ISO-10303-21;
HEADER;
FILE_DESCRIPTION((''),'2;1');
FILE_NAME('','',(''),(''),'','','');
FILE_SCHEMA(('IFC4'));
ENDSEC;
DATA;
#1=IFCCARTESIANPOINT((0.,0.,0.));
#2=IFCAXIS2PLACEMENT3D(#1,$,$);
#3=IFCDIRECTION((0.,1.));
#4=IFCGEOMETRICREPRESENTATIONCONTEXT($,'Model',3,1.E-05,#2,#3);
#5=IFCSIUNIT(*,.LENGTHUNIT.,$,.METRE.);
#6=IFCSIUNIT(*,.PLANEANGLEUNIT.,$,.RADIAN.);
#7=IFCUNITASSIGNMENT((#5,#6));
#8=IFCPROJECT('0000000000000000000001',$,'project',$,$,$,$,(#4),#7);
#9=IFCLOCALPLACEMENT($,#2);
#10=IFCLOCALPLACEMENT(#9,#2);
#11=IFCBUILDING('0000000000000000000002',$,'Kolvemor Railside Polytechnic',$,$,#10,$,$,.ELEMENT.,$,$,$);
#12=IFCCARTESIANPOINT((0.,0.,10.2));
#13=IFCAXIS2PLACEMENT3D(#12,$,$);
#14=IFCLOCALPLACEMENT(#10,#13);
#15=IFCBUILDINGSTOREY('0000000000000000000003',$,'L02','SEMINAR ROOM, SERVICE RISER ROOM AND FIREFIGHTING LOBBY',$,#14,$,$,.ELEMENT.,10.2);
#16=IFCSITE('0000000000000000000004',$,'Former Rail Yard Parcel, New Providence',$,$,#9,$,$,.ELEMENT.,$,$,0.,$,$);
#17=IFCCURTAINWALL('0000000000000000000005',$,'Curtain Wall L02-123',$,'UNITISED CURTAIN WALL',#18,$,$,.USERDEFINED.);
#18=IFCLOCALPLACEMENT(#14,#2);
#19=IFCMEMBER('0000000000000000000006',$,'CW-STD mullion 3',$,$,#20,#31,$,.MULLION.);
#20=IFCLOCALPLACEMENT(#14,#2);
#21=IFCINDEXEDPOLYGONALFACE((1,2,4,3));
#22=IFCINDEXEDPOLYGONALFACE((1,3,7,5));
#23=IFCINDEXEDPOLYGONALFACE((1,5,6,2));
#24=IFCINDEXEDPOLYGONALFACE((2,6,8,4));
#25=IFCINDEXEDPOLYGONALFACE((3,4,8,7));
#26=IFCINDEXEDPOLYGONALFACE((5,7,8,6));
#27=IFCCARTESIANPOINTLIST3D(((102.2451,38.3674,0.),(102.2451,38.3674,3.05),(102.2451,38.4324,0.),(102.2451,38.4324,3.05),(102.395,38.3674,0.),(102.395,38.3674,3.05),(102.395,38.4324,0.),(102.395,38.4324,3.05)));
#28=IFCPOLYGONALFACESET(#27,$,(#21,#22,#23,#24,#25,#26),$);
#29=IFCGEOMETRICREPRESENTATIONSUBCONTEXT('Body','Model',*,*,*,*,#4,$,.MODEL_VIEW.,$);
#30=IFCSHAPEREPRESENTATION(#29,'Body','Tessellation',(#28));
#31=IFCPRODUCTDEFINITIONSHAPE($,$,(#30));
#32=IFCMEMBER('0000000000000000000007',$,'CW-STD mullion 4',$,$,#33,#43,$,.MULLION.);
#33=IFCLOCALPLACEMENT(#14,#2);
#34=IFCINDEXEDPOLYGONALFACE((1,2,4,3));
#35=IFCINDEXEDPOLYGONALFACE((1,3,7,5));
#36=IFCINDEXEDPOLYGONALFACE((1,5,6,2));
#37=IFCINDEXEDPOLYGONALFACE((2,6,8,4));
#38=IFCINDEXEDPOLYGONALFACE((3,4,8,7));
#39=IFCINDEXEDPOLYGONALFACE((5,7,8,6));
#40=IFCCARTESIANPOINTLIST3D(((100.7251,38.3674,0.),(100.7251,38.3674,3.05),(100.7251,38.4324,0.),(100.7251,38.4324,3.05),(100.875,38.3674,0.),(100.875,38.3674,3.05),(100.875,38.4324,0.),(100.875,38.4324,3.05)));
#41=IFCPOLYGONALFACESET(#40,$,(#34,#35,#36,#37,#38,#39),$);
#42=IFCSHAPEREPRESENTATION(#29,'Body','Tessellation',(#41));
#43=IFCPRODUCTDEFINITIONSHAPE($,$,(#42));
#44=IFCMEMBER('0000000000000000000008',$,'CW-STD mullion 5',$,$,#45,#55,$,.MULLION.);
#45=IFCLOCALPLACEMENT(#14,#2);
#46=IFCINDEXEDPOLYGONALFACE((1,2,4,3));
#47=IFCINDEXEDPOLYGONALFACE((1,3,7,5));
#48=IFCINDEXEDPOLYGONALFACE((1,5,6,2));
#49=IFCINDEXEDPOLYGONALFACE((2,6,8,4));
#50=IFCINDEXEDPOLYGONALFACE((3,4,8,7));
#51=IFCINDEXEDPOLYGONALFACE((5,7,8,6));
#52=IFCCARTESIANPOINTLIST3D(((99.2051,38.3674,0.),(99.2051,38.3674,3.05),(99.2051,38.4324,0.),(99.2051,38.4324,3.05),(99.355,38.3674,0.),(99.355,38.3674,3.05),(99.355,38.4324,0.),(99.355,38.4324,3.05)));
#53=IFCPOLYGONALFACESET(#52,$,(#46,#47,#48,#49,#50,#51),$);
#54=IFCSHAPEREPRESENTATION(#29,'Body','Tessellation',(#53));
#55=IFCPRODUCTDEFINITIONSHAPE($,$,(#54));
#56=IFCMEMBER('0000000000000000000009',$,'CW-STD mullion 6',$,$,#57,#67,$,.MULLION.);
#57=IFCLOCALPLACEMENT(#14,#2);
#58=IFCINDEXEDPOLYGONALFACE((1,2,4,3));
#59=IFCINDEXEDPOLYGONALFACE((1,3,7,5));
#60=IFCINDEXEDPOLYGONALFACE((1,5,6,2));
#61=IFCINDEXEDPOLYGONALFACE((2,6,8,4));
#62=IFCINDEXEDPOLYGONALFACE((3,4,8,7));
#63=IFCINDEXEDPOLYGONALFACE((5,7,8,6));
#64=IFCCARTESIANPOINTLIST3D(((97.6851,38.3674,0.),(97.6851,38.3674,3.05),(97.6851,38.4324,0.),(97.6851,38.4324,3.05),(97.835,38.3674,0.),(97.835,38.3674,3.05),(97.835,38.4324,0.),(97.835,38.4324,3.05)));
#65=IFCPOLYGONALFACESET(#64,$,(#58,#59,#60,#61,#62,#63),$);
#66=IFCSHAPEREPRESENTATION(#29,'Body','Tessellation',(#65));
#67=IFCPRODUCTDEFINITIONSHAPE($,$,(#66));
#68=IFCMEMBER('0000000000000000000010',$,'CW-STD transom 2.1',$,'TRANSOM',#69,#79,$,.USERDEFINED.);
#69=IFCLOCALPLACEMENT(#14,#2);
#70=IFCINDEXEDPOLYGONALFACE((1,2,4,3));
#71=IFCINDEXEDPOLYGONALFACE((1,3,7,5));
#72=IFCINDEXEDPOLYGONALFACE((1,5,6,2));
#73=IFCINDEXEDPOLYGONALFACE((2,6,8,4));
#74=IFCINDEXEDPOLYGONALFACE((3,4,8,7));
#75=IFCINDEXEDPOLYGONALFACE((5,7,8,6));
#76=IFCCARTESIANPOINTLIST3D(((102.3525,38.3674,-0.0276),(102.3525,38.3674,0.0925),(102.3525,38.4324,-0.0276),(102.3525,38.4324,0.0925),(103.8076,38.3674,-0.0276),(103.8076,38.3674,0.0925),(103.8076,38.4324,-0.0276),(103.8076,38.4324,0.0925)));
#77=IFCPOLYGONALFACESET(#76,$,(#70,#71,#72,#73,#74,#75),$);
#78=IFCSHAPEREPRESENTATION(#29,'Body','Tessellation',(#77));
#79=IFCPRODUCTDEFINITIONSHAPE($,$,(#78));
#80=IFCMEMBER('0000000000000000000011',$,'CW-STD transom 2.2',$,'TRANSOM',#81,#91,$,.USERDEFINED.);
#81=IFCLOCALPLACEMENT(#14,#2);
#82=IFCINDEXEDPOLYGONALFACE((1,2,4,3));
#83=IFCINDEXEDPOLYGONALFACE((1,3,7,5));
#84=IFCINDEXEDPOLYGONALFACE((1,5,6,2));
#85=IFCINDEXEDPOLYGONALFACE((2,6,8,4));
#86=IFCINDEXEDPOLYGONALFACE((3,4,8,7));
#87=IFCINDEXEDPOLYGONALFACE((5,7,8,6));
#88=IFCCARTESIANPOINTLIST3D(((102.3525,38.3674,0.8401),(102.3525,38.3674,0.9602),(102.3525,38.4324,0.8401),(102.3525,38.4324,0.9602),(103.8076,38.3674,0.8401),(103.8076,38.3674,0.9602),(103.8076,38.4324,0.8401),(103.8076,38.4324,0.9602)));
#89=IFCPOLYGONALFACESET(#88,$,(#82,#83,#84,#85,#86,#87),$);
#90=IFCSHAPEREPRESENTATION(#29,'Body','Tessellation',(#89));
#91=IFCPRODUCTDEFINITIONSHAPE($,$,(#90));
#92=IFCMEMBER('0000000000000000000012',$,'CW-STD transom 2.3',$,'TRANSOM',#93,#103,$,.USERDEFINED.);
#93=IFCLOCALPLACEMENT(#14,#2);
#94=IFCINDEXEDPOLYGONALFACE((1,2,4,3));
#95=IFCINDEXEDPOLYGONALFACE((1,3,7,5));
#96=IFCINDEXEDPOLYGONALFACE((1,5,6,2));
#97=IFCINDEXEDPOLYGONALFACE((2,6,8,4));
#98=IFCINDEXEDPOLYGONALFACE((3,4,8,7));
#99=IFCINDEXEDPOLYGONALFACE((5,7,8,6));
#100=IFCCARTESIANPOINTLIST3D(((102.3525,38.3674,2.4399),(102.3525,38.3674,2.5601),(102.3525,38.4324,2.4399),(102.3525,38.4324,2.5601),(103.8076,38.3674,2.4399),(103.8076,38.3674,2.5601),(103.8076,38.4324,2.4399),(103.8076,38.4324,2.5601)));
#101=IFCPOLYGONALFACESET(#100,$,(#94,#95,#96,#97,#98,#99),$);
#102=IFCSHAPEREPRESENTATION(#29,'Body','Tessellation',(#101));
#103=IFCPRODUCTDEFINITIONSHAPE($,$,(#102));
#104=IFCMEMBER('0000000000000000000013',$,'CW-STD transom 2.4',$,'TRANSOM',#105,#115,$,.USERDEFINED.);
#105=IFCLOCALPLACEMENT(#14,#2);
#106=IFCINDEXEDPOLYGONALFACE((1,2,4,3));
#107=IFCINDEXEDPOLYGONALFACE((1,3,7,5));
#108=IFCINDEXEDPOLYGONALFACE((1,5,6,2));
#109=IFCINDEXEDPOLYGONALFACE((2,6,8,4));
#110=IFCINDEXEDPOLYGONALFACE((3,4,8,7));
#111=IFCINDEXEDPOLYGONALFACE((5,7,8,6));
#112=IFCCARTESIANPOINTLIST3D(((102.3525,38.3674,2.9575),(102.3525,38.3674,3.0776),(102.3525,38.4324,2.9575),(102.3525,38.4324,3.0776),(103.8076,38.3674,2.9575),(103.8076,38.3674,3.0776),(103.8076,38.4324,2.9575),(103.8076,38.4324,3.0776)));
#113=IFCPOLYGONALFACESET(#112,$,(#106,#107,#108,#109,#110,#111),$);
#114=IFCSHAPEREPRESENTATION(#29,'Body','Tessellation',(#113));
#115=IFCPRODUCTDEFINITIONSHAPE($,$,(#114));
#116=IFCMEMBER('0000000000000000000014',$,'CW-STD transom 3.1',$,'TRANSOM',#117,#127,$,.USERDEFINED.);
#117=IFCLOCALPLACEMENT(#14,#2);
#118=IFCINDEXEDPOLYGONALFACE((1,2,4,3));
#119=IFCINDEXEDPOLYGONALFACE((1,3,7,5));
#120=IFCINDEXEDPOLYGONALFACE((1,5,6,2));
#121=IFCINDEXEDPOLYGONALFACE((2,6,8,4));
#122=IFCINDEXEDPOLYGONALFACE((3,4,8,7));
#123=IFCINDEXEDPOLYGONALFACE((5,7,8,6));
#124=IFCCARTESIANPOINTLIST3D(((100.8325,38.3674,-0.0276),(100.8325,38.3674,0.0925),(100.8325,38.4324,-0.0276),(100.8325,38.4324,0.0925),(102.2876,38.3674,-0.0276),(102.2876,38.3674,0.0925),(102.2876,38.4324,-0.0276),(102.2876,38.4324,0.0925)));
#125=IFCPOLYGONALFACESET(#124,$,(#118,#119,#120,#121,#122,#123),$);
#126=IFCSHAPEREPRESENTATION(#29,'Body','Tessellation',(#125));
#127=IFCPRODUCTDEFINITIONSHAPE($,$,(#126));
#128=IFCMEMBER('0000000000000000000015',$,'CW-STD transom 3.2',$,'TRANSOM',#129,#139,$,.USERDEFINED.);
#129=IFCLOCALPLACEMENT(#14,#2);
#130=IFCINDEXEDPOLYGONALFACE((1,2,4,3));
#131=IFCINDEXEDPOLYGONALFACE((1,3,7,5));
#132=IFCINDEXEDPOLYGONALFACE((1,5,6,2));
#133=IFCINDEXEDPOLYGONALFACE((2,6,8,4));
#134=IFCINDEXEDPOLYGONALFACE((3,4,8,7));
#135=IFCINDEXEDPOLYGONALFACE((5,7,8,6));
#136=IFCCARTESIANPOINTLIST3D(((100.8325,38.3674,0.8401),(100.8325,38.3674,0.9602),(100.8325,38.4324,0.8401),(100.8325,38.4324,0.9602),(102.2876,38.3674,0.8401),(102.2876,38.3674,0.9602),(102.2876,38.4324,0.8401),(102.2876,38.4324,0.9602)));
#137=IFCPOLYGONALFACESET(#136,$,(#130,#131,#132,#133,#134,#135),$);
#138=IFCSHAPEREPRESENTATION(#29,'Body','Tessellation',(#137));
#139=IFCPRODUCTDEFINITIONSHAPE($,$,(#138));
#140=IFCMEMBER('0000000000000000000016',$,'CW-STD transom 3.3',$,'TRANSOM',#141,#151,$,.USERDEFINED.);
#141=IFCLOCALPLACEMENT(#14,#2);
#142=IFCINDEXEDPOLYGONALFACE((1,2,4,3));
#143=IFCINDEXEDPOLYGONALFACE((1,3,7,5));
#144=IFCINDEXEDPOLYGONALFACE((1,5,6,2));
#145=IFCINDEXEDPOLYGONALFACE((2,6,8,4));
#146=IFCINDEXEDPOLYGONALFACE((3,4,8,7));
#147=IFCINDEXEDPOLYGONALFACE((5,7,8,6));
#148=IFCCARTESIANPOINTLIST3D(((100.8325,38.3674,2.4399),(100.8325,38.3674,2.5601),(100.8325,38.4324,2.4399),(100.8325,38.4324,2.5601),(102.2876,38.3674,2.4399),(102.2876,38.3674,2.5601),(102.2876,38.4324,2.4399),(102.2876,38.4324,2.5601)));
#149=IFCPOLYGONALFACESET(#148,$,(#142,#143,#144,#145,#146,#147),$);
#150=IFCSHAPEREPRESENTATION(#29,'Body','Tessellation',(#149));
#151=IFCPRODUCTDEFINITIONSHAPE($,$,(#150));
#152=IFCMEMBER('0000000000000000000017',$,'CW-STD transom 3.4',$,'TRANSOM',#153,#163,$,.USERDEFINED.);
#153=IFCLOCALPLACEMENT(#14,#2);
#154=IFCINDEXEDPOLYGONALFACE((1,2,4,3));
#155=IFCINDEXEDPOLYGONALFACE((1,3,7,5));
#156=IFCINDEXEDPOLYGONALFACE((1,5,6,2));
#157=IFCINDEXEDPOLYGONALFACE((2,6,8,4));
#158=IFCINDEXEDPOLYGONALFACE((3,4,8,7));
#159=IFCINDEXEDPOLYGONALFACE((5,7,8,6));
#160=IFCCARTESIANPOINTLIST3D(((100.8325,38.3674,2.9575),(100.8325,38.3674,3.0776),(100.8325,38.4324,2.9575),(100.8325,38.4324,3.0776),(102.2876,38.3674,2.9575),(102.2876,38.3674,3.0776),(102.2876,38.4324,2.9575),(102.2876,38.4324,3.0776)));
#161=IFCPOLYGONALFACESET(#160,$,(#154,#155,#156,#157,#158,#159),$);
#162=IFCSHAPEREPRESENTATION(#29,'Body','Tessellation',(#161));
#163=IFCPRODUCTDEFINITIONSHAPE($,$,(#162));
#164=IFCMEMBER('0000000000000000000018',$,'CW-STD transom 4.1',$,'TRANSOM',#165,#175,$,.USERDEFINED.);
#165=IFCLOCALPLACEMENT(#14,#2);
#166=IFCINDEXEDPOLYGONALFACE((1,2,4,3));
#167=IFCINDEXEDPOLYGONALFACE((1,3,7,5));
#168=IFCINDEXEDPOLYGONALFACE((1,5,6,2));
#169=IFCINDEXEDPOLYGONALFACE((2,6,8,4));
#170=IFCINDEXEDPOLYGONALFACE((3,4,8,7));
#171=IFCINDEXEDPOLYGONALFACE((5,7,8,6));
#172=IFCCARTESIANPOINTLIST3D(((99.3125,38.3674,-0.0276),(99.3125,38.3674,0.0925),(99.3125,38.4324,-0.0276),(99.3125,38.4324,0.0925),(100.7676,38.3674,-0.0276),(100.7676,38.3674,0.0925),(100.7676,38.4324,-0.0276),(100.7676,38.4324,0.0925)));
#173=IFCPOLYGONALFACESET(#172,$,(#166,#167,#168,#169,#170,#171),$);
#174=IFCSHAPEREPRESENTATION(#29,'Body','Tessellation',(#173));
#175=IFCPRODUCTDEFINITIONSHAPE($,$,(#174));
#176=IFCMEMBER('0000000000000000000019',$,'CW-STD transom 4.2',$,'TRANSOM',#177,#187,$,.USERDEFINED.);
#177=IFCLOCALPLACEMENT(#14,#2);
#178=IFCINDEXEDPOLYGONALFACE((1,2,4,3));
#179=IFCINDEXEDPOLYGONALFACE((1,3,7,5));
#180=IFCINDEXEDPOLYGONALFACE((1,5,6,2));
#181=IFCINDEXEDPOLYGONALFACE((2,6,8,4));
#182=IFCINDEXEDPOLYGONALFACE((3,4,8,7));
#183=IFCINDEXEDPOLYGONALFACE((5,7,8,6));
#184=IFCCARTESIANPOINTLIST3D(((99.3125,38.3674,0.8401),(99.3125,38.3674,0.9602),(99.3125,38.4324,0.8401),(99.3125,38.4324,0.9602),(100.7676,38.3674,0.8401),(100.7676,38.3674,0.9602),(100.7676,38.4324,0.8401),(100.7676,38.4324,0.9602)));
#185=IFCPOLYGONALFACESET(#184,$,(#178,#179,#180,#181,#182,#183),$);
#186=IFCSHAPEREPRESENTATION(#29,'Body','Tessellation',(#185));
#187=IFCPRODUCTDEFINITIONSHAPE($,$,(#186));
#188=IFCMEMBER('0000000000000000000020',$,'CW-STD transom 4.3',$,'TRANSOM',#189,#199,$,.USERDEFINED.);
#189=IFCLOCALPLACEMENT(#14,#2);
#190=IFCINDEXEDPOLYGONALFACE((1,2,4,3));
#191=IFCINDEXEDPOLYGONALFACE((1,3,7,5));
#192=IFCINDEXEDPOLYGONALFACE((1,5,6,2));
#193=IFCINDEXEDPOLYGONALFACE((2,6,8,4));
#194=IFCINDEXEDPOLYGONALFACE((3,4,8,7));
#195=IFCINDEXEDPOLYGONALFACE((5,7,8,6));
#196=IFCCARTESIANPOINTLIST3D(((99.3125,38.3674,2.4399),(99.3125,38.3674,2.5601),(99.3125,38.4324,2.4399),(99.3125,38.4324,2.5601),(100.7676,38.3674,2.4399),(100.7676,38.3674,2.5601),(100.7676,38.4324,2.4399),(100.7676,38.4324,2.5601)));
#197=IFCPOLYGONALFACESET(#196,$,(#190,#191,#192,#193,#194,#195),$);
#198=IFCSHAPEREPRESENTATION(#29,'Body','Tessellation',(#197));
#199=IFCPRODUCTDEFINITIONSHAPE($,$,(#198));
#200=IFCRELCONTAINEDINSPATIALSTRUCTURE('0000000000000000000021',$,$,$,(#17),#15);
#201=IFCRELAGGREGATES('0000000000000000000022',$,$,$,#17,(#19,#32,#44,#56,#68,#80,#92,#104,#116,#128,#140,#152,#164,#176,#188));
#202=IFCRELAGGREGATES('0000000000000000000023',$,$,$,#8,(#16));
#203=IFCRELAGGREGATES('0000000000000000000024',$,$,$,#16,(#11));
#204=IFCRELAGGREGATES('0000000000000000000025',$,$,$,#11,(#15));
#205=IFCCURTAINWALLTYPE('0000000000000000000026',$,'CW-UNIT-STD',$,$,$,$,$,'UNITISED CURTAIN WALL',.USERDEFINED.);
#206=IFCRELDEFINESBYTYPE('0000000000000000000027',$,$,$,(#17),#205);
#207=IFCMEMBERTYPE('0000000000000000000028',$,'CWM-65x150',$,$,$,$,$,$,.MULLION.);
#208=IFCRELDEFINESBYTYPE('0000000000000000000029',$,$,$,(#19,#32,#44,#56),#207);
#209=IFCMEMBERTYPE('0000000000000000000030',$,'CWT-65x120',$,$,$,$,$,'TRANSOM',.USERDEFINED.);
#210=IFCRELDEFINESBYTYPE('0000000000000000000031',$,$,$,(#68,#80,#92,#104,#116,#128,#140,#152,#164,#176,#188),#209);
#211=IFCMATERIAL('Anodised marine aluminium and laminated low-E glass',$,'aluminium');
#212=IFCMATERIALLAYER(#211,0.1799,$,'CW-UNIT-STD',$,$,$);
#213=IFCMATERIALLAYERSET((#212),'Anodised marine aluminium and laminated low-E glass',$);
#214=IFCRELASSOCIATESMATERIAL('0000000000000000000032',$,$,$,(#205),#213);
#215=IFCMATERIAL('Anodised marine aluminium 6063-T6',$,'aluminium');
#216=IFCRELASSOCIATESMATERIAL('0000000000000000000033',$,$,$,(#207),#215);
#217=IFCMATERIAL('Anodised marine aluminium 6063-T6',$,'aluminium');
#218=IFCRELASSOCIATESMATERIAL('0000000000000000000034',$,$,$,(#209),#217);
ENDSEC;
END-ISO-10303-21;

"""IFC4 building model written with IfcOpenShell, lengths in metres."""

from ifc_helpers import new_model, si_unit, direction, frame, origin, origin_2d, place, context, subcontext, project, spatial, rectangle, extrude, material, layer, layer_set, material_profile, profile_set, type_object, element, aggregate, save


model = new_model("IFC4")

# Units and contexts
model_context = context("Model", 3, precision=1e-05, world=origin(), true_north=direction((0.0, 1.0)))
body_context = subcontext(model_context, "Body", "Model", "MODEL_VIEW")
ifc_project = project(units=[si_unit("LENGTHUNIT", "METRE"), si_unit("PLANEANGLEUNIT", "RADIAN")], contexts=[model_context])

# Site, building, storey
site_placement = place(None, origin())
site = spatial("IfcSite", under=ifc_project, at=site_placement, Name="Former Rail Yard Parcel, New Providence", CompositionType="ELEMENT", RefElevation=0.0)
building_placement = place(site_placement, origin())
building = spatial("IfcBuilding", under=site, at=building_placement, Name="Kolvemor Railside Polytechnic", CompositionType="ELEMENT")
storey_placement = place(building_placement, frame((0.0, 0.0, 10.2)))
storey = spatial("IfcBuildingStorey", under=building, at=storey_placement, Name="L02", Description="SEMINAR ROOM, SERVICE RISER ROOM AND FIREFIGHTING LOBBY", CompositionType="ELEMENT", Elevation=10.2)

# Curtain wall, members
ifc_material_1 = material(Name="Anodised marine aluminium and laminated low-E glass", Category="aluminium")
ifc_layer_1 = layer(ifc_material_1, 0.1799, Name="CW-UNIT-STD")
ifc_layer_set_1 = layer_set([ifc_layer_1], Name="Anodised marine aluminium and laminated low-E glass")
curtain_wall_type = type_object("IfcCurtainWallType", Name="CW-UNIT-STD", ElementType="UNITISED CURTAIN WALL", PredefinedType="USERDEFINED", material=ifc_layer_set_1)
curtain_wall_placement = place(storey_placement, origin())
curtain_wall = element("IfcCurtainWall", 1, at=curtain_wall_placement, inside=storey, type_object=curtain_wall_type, Name="Curtain Wall L02-123", ObjectType="UNITISED CURTAIN WALL", PredefinedType="USERDEFINED")
ifc_material_2 = material(Name="Anodised marine aluminium 6063-T6", Category="aluminium")
ifc_material_profile_1 = material_profile(ifc_material_2, rectangle(XDim=0.0649, YDim=0.1499, at=origin_2d()), Name="CW-MUL-65x150")
ifc_profile_set_1 = profile_set([ifc_material_profile_1], Name="Anodised marine aluminium 6063-T6")
member_type_1 = type_object("IfcMemberType", Name="CWM-65x150", PredefinedType="MULLION", material=ifc_profile_set_1)
member_1_placement = place(storey_placement, frame((102.3201, 38.3999, 0.0), z_axis=(0.0, 0.0, 1.0), x_axis=(0.0, -1.0, 0.0)))
member_1 = element("IfcMember", 2, at=member_1_placement, type_object=member_type_1, Name="CW-STD mullion 3", PredefinedType="MULLION", context=body_context, shape_type="SweptSolid", body=[
    extrude(rectangle(XDim=0.0649, YDim=0.1499, at=origin_2d()), origin(), (0.0, 0.0, 1.0), 3.05),
])
member_2_placement = place(storey_placement, frame((100.8, 38.3999, 0.0), z_axis=(0.0, 0.0, 1.0), x_axis=(0.0, -1.0, 0.0)))
member_2 = element("IfcMember", 3, at=member_2_placement, type_object=member_type_1, Name="CW-STD mullion 4", PredefinedType="MULLION", context=body_context, shape_type="SweptSolid", body=[
    extrude(rectangle(XDim=0.0649, YDim=0.1499, at=origin_2d()), origin(), (0.0, 0.0, 1.0), 3.05),
])
member_3_placement = place(storey_placement, frame((99.28, 38.3999, 0.0), z_axis=(0.0, 0.0, 1.0), x_axis=(0.0, -1.0, 0.0)))
member_3 = element("IfcMember", 4, at=member_3_placement, type_object=member_type_1, Name="CW-STD mullion 5", PredefinedType="MULLION", context=body_context, shape_type="SweptSolid", body=[
    extrude(rectangle(XDim=0.0649, YDim=0.1499, at=origin_2d()), origin(), (0.0, 0.0, 1.0), 3.05),
])
member_4_placement = place(storey_placement, frame((97.76, 38.3999, 0.0), z_axis=(0.0, 0.0, 1.0), x_axis=(0.0, -1.0, 0.0)))
member_4 = element("IfcMember", 5, at=member_4_placement, type_object=member_type_1, Name="CW-STD mullion 6", PredefinedType="MULLION", context=body_context, shape_type="SweptSolid", body=[
    extrude(rectangle(XDim=0.0649, YDim=0.1499, at=origin_2d()), origin(), (0.0, 0.0, 1.0), 3.05),
])
ifc_material_3 = material(Name="Anodised marine aluminium 6063-T6", Category="aluminium")
ifc_material_profile_2 = material_profile(ifc_material_3, rectangle(XDim=0.0649, YDim=0.1201, at=origin_2d()), Name="CW-TRN-65x120")
ifc_profile_set_2 = profile_set([ifc_material_profile_2], Name="Anodised marine aluminium 6063-T6")
member_type_2 = type_object("IfcMemberType", Name="CWT-65x120", ElementType="TRANSOM", PredefinedType="USERDEFINED", material=ifc_profile_set_2)
member_5_placement = place(storey_placement, frame((103.8076, 38.3999, 0.0325), z_axis=(-1.0, 0.0, 0.0), x_axis=(0.0, -1.0, 0.0)))
member_5 = element("IfcMember", 6, at=member_5_placement, type_object=member_type_2, Name="CW-STD transom 2.1", ObjectType="TRANSOM", PredefinedType="USERDEFINED", context=body_context, shape_type="SweptSolid", body=[
    extrude(rectangle(XDim=0.0649, YDim=0.1201, at=origin_2d()), origin(), (0.0, 0.0, 1.0), 1.4551),
])
member_6_placement = place(storey_placement, frame((103.8076, 38.3999, 0.9001), z_axis=(-1.0, 0.0, 0.0), x_axis=(0.0, -1.0, 0.0)))
member_6 = element("IfcMember", 7, at=member_6_placement, type_object=member_type_2, Name="CW-STD transom 2.2", ObjectType="TRANSOM", PredefinedType="USERDEFINED", context=body_context, shape_type="SweptSolid", body=[
    extrude(rectangle(XDim=0.0649, YDim=0.1201, at=origin_2d()), origin(), (0.0, 0.0, 1.0), 1.4551),
])
member_7_placement = place(storey_placement, frame((103.8076, 38.3999, 2.5), z_axis=(-1.0, 0.0, 0.0), x_axis=(0.0, -1.0, 0.0)))
member_7 = element("IfcMember", 8, at=member_7_placement, type_object=member_type_2, Name="CW-STD transom 2.3", ObjectType="TRANSOM", PredefinedType="USERDEFINED", context=body_context, shape_type="SweptSolid", body=[
    extrude(rectangle(XDim=0.0649, YDim=0.1201, at=origin_2d()), origin(), (0.0, 0.0, 1.0), 1.4551),
])
member_8_placement = place(storey_placement, frame((103.8076, 38.3999, 3.0176), z_axis=(-1.0, 0.0, 0.0), x_axis=(0.0, -1.0, 0.0)))
member_8 = element("IfcMember", 9, at=member_8_placement, type_object=member_type_2, Name="CW-STD transom 2.4", ObjectType="TRANSOM", PredefinedType="USERDEFINED", context=body_context, shape_type="SweptSolid", body=[
    extrude(rectangle(XDim=0.0649, YDim=0.1201, at=origin_2d()), origin(), (0.0, 0.0, 1.0), 1.4551),
])
member_9_placement = place(storey_placement, frame((102.2876, 38.3999, 0.0325), z_axis=(-1.0, 0.0, 0.0), x_axis=(0.0, -1.0, 0.0)))
member_9 = element("IfcMember", 10, at=member_9_placement, type_object=member_type_2, Name="CW-STD transom 3.1", ObjectType="TRANSOM", PredefinedType="USERDEFINED", context=body_context, shape_type="SweptSolid", body=[
    extrude(rectangle(XDim=0.0649, YDim=0.1201, at=origin_2d()), origin(), (0.0, 0.0, 1.0), 1.4551),
])
member_10_placement = place(storey_placement, frame((102.2876, 38.3999, 0.9001), z_axis=(-1.0, 0.0, 0.0), x_axis=(0.0, -1.0, 0.0)))
member_10 = element("IfcMember", 11, at=member_10_placement, type_object=member_type_2, Name="CW-STD transom 3.2", ObjectType="TRANSOM", PredefinedType="USERDEFINED", context=body_context, shape_type="SweptSolid", body=[
    extrude(rectangle(XDim=0.0649, YDim=0.1201, at=origin_2d()), origin(), (0.0, 0.0, 1.0), 1.4551),
])
member_11_placement = place(storey_placement, frame((102.2876, 38.3999, 2.5), z_axis=(-1.0, 0.0, 0.0), x_axis=(0.0, -1.0, 0.0)))
member_11 = element("IfcMember", 12, at=member_11_placement, type_object=member_type_2, Name="CW-STD transom 3.3", ObjectType="TRANSOM", PredefinedType="USERDEFINED", context=body_context, shape_type="SweptSolid", body=[
    extrude(rectangle(XDim=0.0649, YDim=0.1201, at=origin_2d()), origin(), (0.0, 0.0, 1.0), 1.4551),
])
member_12_placement = place(storey_placement, frame((102.2876, 38.3999, 3.0176), z_axis=(-1.0, 0.0, 0.0), x_axis=(0.0, -1.0, 0.0)))
member_12 = element("IfcMember", 13, at=member_12_placement, type_object=member_type_2, Name="CW-STD transom 3.4", ObjectType="TRANSOM", PredefinedType="USERDEFINED", context=body_context, shape_type="SweptSolid", body=[
    extrude(rectangle(XDim=0.0649, YDim=0.1201, at=origin_2d()), origin(), (0.0, 0.0, 1.0), 1.4551),
])
member_13_placement = place(storey_placement, frame((100.7676, 38.3999, 0.0325), z_axis=(-1.0, 0.0, 0.0), x_axis=(0.0, -1.0, 0.0)))
member_13 = element("IfcMember", 14, at=member_13_placement, type_object=member_type_2, Name="CW-STD transom 4.1", ObjectType="TRANSOM", PredefinedType="USERDEFINED", context=body_context, shape_type="SweptSolid", body=[
    extrude(rectangle(XDim=0.0649, YDim=0.1201, at=origin_2d()), origin(), (0.0, 0.0, 1.0), 1.4551),
])
member_14_placement = place(storey_placement, frame((100.7676, 38.3999, 0.9001), z_axis=(-1.0, 0.0, 0.0), x_axis=(0.0, -1.0, 0.0)))
member_14 = element("IfcMember", 15, at=member_14_placement, type_object=member_type_2, Name="CW-STD transom 4.2", ObjectType="TRANSOM", PredefinedType="USERDEFINED", context=body_context, shape_type="SweptSolid", body=[
    extrude(rectangle(XDim=0.0649, YDim=0.1201, at=origin_2d()), origin(), (0.0, 0.0, 1.0), 1.4551),
])
member_15_placement = place(storey_placement, frame((100.7676, 38.3999, 2.5), z_axis=(-1.0, 0.0, 0.0), x_axis=(0.0, -1.0, 0.0)))
member_15 = element("IfcMember", 16, at=member_15_placement, type_object=member_type_2, Name="CW-STD transom 4.3", ObjectType="TRANSOM", PredefinedType="USERDEFINED", context=body_context, shape_type="SweptSolid", body=[
    extrude(rectangle(XDim=0.0649, YDim=0.1201, at=origin_2d()), origin(), (0.0, 0.0, 1.0), 1.4551),
])
aggregate(curtain_wall, [member_1, member_2, member_3, member_4, member_5, member_6, member_7, member_8, member_9, member_10, member_11, member_12, member_13, member_14, member_15])

save(model, "model.ifc")
